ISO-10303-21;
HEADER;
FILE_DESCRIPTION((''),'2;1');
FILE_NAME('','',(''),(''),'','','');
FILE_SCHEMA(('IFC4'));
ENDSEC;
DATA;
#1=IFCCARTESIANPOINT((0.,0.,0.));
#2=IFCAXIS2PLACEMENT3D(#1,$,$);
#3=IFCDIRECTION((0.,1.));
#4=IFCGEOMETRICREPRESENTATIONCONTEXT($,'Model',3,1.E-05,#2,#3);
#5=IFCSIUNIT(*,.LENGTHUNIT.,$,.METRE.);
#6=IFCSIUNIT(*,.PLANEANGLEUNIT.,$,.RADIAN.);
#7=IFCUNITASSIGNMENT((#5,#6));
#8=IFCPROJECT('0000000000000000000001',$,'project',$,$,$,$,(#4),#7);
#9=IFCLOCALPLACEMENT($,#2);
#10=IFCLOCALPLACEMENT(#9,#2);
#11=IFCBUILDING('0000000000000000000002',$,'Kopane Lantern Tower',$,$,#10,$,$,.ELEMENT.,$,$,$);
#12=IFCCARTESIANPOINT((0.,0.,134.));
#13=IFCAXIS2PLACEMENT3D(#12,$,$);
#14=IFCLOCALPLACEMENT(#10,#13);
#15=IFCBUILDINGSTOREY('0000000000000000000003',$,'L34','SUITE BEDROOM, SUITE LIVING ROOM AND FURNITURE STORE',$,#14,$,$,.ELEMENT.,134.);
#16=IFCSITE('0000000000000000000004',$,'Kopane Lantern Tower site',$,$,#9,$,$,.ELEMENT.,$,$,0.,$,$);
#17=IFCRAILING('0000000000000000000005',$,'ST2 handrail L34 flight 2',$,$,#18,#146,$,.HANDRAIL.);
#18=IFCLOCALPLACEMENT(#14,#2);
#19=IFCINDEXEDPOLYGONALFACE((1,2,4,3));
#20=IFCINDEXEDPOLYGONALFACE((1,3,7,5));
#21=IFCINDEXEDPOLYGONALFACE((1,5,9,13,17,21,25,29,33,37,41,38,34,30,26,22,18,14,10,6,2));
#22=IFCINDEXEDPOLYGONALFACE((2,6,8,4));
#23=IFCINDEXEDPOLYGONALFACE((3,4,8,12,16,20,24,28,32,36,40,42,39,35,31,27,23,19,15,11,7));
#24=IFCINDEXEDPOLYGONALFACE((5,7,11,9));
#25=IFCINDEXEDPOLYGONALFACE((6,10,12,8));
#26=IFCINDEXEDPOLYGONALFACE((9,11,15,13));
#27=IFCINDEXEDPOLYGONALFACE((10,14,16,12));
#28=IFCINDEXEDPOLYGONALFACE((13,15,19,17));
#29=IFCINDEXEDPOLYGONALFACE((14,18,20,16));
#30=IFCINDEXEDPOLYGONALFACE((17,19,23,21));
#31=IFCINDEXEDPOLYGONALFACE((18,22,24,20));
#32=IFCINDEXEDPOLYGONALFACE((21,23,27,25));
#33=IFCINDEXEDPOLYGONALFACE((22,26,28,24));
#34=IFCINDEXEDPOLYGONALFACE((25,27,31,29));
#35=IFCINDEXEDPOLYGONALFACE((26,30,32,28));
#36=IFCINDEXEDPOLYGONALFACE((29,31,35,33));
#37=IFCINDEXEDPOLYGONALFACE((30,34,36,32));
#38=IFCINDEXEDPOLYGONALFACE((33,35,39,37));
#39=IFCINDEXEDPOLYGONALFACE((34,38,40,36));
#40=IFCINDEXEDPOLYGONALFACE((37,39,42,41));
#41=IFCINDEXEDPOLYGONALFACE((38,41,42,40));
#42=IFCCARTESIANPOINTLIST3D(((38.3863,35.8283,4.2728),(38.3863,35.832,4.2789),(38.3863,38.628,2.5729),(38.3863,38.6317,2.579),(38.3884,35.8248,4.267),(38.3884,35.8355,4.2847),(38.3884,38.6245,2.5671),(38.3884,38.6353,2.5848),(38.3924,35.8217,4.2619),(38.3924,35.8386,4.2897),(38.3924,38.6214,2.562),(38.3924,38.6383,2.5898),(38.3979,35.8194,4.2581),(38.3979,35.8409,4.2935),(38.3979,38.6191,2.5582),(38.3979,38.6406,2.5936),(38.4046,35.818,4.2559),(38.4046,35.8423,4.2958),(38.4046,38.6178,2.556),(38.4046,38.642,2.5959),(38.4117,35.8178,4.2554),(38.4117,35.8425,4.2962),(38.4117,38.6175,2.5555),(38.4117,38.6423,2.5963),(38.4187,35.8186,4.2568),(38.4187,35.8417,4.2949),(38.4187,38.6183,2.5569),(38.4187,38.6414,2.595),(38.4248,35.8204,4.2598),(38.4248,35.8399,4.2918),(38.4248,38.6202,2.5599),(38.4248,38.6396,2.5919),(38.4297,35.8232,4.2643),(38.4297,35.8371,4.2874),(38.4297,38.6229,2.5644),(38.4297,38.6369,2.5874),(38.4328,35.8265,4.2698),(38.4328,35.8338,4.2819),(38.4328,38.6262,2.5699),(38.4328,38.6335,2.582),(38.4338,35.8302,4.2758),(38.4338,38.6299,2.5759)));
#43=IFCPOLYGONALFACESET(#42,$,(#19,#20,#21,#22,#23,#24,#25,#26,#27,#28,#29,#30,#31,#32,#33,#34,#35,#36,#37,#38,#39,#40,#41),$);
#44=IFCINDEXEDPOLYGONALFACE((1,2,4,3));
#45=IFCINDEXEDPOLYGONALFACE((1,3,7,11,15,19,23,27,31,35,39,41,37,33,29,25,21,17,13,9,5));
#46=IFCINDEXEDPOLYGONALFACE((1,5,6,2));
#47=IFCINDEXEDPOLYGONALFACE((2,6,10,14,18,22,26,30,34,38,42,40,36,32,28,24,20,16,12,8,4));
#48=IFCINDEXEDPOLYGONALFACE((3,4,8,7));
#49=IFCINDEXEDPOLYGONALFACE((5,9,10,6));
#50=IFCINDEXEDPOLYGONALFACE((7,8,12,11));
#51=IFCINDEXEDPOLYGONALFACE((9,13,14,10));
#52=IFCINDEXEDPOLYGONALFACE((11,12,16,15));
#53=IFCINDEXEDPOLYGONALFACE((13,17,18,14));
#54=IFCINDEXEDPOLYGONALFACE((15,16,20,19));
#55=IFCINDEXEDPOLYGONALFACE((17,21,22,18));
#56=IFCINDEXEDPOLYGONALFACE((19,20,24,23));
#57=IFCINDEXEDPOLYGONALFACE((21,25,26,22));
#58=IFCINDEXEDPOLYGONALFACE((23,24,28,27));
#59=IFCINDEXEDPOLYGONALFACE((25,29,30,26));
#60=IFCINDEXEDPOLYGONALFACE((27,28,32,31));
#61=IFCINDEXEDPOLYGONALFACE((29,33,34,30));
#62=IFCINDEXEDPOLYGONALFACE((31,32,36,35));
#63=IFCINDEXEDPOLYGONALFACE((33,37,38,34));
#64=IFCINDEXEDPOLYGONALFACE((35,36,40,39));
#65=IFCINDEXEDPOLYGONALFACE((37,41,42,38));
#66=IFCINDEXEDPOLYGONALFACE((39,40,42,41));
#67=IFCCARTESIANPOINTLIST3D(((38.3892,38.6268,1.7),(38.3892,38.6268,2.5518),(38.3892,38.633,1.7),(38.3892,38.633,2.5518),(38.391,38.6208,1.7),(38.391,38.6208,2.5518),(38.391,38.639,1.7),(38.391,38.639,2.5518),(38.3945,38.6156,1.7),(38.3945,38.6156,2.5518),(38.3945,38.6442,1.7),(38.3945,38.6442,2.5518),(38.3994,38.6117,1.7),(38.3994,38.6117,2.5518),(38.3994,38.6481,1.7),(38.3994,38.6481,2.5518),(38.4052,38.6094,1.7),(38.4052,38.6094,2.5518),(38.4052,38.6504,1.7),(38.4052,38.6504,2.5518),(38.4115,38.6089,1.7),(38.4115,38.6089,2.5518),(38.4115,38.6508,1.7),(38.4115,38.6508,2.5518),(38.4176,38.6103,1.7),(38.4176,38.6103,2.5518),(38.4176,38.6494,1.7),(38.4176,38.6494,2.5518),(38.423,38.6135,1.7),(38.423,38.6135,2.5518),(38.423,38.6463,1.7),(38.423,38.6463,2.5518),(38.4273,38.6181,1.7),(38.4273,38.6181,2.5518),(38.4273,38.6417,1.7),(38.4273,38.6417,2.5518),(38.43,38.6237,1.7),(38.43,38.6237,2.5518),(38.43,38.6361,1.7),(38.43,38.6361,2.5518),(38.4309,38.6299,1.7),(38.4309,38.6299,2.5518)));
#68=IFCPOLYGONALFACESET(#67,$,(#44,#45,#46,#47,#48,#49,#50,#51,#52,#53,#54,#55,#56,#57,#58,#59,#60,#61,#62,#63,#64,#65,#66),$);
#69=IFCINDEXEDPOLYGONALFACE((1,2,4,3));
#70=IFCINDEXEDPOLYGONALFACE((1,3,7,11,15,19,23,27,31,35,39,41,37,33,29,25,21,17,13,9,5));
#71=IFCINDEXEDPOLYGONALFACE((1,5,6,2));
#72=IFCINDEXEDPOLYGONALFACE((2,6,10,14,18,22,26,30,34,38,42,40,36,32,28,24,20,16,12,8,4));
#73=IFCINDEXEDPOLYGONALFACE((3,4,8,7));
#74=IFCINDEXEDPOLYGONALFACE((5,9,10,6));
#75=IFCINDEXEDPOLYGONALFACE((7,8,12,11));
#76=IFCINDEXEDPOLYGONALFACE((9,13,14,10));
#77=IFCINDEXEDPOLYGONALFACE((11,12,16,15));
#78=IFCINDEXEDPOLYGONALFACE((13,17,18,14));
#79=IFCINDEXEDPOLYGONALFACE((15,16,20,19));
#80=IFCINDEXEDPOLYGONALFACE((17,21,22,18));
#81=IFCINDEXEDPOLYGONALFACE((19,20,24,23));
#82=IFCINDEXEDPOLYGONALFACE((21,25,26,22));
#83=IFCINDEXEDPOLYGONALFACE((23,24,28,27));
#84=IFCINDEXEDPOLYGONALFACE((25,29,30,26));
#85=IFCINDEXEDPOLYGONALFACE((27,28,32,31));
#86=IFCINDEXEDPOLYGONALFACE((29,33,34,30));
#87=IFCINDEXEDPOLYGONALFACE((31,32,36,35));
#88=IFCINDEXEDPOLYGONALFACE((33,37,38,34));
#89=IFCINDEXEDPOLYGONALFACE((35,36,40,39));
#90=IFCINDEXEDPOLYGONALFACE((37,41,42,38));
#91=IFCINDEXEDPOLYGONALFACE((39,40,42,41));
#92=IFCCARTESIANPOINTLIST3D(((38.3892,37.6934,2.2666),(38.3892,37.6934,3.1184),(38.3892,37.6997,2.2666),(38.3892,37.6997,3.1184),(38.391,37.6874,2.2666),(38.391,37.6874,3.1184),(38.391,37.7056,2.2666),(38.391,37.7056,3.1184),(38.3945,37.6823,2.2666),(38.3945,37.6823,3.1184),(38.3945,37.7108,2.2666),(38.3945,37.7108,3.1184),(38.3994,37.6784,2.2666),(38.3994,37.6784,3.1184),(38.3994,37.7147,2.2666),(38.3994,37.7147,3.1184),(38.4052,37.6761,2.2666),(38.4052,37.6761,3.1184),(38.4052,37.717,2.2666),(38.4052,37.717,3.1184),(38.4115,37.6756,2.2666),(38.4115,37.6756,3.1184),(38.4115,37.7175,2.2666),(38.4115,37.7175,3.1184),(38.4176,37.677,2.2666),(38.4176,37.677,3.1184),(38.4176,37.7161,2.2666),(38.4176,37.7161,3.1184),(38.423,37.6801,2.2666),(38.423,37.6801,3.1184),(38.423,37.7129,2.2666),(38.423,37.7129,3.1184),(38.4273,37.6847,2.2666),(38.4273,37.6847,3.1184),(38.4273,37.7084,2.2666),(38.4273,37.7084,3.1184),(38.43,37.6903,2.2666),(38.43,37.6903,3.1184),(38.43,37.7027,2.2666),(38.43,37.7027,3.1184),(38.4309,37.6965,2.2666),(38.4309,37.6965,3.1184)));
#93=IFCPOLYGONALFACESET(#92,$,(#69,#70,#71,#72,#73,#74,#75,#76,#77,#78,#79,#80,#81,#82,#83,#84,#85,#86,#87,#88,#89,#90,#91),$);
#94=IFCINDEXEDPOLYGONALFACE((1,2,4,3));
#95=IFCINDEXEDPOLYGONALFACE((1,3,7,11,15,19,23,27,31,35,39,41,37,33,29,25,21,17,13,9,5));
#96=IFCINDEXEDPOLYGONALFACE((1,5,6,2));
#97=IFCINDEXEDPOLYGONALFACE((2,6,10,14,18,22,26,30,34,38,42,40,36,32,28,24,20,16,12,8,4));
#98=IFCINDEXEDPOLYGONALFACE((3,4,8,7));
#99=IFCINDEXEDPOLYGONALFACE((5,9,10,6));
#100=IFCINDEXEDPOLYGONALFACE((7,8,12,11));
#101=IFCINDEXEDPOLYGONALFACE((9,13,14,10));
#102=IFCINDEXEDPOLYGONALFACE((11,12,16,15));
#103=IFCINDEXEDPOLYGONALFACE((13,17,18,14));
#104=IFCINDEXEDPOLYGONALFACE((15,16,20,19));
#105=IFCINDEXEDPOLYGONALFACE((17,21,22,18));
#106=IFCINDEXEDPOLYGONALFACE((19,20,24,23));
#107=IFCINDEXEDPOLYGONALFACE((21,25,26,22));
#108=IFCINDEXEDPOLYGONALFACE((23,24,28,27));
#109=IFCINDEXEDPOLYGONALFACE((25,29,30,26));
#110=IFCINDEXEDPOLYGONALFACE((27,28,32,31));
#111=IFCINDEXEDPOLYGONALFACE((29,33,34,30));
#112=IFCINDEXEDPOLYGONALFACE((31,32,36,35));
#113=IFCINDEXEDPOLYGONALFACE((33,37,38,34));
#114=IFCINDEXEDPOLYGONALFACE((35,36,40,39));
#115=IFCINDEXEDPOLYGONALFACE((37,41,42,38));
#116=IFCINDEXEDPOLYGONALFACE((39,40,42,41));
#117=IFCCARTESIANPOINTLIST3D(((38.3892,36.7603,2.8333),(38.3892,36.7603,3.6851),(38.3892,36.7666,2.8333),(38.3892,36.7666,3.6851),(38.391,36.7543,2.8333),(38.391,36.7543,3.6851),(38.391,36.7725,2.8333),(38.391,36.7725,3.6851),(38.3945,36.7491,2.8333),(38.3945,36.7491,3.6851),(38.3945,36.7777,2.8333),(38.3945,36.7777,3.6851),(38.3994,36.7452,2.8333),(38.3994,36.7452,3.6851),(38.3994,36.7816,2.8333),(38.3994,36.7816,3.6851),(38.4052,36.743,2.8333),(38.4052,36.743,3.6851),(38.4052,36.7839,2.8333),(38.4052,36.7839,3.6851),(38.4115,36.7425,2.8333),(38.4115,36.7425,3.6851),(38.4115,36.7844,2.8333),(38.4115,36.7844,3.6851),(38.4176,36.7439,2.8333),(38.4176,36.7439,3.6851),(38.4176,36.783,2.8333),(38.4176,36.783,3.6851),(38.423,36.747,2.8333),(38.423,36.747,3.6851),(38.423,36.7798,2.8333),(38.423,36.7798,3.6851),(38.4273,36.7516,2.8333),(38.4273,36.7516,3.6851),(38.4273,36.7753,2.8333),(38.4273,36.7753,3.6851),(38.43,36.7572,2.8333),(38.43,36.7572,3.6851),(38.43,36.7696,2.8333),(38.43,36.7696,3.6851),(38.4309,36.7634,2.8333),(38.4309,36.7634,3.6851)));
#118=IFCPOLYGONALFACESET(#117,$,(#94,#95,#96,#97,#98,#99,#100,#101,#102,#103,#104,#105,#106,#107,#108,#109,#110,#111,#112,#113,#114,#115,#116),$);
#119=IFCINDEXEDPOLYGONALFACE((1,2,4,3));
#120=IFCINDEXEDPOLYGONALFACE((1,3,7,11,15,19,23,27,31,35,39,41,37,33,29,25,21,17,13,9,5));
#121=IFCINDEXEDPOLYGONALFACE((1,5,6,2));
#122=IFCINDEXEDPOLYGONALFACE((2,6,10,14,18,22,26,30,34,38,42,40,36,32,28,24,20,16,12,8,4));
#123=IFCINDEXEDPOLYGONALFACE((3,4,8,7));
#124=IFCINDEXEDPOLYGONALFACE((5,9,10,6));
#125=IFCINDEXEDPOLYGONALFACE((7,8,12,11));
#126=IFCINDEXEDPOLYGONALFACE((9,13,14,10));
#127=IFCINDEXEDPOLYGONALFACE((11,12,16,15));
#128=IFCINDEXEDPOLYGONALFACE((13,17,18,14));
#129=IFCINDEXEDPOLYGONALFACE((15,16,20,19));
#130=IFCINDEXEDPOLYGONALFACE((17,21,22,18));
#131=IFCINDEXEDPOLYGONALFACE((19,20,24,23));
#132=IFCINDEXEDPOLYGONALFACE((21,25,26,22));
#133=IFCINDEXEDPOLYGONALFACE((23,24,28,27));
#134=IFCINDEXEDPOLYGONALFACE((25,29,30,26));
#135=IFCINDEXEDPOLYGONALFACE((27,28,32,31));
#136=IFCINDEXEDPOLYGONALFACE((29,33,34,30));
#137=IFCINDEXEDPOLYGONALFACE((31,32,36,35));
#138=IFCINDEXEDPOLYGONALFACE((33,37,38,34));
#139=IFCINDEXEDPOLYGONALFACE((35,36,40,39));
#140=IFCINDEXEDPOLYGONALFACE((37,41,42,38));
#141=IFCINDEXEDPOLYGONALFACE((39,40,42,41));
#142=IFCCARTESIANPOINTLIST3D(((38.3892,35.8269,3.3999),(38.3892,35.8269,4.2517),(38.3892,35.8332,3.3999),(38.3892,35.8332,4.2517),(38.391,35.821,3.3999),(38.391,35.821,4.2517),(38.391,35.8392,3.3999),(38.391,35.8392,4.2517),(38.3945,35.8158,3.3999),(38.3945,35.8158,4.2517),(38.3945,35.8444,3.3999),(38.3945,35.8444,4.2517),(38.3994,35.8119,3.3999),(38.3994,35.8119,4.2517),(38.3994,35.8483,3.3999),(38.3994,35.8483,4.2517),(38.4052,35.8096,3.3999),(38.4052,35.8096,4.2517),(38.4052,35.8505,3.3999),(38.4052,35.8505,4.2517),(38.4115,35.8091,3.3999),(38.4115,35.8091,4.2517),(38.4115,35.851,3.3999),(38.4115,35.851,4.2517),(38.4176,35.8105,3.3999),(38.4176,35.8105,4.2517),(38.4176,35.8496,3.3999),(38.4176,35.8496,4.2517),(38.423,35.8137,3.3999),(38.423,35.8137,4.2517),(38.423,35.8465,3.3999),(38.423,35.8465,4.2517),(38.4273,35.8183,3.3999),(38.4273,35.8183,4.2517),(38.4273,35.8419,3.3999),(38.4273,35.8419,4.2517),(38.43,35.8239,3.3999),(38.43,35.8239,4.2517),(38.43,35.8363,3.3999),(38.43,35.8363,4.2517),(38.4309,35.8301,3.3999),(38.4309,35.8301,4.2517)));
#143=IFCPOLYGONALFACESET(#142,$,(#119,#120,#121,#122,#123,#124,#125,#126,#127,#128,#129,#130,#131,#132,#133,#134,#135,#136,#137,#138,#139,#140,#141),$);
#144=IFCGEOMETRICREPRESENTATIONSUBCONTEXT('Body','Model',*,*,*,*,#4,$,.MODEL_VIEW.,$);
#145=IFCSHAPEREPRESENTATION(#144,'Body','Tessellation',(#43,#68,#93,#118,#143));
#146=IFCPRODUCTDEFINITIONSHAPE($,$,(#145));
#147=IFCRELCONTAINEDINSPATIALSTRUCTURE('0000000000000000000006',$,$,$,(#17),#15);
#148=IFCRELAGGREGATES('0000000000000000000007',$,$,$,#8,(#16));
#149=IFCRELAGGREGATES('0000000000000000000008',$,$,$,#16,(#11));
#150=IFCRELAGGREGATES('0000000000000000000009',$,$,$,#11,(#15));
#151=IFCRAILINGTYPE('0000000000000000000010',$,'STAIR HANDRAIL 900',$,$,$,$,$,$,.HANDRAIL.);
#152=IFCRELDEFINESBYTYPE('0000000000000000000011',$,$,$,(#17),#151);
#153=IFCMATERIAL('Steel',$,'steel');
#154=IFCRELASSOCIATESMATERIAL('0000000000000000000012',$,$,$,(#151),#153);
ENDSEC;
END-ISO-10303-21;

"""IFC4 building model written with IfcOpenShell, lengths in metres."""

from ifc_helpers import new_model, si_unit, direction, frame, origin, origin_2d, place, context, subcontext, project, spatial, circle, extrude, material, type_object, element, save


model = new_model("IFC4")

# Units and contexts
model_context = context("Model", 3, precision=1e-05, world=origin(), true_north=direction((0.0, 1.0)))
body_context = subcontext(model_context, "Body", "Model", "MODEL_VIEW")
ifc_project = project(units=[si_unit("LENGTHUNIT", "METRE"), si_unit("PLANEANGLEUNIT", "RADIAN")], contexts=[model_context])

# Site, building, storey
site_placement = place(None, origin())
site = spatial("IfcSite", under=ifc_project, at=site_placement, Name="Kopane Lantern Tower site", CompositionType="ELEMENT", RefElevation=0.0)
building_placement = place(site_placement, origin())
building = spatial("IfcBuilding", under=site, at=building_placement, Name="Kopane Lantern Tower", CompositionType="ELEMENT")
storey_placement = place(building_placement, frame((0.0, 0.0, 134.0)))
storey = spatial("IfcBuildingStorey", under=building, at=storey_placement, Name="L34", Description="SUITE BEDROOM, SUITE LIVING ROOM AND FURNITURE STORE", CompositionType="ELEMENT", Elevation=134.0)

# Railing
ifc_material_1 = material(Name="Steel", Category="steel")
railing_type_1 = type_object("IfcRailingType", Name="STAIR HANDRAIL 900", PredefinedType="HANDRAIL", material=ifc_material_1)
for number, where, name in (
    (1, (38.4099, 38.6299, 1.7), "ST2 handrail L34 flight 2"),
):
    element("IfcRailing", number, at=place(storey_placement, frame(where)), inside=storey, type_object=railing_type_1, Name=name, PredefinedType="HANDRAIL", context=body_context, shape_type="SweptSolid", body=[
        extrude(circle(Radius=0.0239, at=origin_2d()), frame((0.0, 0.0, 0.876), z_axis=(0.0, -0.854778, 0.518994), x_axis=(1.0, 0.0, 0.0)), (0.0, 0.0, 1.0), 3.2754),
        extrude(circle(Radius=0.021, at=origin_2d()), origin(), (0.0, 0.0, 1.0), 0.8518),
        extrude(circle(Radius=0.021, at=origin_2d()), frame((0.0, -0.9333, 0.5667)), (0.0, 0.0, 1.0), 0.8518),
        extrude(circle(Radius=0.021, at=origin_2d()), frame((0.0, -1.8665, 1.1333)), (0.0, 0.0, 1.0), 0.8518),
        extrude(circle(Radius=0.021, at=origin_2d()), frame((0.0, -2.7998, 1.7)), (0.0, 0.0, 1.0), 0.8518),
    ])

save(model, "model.ifc")
